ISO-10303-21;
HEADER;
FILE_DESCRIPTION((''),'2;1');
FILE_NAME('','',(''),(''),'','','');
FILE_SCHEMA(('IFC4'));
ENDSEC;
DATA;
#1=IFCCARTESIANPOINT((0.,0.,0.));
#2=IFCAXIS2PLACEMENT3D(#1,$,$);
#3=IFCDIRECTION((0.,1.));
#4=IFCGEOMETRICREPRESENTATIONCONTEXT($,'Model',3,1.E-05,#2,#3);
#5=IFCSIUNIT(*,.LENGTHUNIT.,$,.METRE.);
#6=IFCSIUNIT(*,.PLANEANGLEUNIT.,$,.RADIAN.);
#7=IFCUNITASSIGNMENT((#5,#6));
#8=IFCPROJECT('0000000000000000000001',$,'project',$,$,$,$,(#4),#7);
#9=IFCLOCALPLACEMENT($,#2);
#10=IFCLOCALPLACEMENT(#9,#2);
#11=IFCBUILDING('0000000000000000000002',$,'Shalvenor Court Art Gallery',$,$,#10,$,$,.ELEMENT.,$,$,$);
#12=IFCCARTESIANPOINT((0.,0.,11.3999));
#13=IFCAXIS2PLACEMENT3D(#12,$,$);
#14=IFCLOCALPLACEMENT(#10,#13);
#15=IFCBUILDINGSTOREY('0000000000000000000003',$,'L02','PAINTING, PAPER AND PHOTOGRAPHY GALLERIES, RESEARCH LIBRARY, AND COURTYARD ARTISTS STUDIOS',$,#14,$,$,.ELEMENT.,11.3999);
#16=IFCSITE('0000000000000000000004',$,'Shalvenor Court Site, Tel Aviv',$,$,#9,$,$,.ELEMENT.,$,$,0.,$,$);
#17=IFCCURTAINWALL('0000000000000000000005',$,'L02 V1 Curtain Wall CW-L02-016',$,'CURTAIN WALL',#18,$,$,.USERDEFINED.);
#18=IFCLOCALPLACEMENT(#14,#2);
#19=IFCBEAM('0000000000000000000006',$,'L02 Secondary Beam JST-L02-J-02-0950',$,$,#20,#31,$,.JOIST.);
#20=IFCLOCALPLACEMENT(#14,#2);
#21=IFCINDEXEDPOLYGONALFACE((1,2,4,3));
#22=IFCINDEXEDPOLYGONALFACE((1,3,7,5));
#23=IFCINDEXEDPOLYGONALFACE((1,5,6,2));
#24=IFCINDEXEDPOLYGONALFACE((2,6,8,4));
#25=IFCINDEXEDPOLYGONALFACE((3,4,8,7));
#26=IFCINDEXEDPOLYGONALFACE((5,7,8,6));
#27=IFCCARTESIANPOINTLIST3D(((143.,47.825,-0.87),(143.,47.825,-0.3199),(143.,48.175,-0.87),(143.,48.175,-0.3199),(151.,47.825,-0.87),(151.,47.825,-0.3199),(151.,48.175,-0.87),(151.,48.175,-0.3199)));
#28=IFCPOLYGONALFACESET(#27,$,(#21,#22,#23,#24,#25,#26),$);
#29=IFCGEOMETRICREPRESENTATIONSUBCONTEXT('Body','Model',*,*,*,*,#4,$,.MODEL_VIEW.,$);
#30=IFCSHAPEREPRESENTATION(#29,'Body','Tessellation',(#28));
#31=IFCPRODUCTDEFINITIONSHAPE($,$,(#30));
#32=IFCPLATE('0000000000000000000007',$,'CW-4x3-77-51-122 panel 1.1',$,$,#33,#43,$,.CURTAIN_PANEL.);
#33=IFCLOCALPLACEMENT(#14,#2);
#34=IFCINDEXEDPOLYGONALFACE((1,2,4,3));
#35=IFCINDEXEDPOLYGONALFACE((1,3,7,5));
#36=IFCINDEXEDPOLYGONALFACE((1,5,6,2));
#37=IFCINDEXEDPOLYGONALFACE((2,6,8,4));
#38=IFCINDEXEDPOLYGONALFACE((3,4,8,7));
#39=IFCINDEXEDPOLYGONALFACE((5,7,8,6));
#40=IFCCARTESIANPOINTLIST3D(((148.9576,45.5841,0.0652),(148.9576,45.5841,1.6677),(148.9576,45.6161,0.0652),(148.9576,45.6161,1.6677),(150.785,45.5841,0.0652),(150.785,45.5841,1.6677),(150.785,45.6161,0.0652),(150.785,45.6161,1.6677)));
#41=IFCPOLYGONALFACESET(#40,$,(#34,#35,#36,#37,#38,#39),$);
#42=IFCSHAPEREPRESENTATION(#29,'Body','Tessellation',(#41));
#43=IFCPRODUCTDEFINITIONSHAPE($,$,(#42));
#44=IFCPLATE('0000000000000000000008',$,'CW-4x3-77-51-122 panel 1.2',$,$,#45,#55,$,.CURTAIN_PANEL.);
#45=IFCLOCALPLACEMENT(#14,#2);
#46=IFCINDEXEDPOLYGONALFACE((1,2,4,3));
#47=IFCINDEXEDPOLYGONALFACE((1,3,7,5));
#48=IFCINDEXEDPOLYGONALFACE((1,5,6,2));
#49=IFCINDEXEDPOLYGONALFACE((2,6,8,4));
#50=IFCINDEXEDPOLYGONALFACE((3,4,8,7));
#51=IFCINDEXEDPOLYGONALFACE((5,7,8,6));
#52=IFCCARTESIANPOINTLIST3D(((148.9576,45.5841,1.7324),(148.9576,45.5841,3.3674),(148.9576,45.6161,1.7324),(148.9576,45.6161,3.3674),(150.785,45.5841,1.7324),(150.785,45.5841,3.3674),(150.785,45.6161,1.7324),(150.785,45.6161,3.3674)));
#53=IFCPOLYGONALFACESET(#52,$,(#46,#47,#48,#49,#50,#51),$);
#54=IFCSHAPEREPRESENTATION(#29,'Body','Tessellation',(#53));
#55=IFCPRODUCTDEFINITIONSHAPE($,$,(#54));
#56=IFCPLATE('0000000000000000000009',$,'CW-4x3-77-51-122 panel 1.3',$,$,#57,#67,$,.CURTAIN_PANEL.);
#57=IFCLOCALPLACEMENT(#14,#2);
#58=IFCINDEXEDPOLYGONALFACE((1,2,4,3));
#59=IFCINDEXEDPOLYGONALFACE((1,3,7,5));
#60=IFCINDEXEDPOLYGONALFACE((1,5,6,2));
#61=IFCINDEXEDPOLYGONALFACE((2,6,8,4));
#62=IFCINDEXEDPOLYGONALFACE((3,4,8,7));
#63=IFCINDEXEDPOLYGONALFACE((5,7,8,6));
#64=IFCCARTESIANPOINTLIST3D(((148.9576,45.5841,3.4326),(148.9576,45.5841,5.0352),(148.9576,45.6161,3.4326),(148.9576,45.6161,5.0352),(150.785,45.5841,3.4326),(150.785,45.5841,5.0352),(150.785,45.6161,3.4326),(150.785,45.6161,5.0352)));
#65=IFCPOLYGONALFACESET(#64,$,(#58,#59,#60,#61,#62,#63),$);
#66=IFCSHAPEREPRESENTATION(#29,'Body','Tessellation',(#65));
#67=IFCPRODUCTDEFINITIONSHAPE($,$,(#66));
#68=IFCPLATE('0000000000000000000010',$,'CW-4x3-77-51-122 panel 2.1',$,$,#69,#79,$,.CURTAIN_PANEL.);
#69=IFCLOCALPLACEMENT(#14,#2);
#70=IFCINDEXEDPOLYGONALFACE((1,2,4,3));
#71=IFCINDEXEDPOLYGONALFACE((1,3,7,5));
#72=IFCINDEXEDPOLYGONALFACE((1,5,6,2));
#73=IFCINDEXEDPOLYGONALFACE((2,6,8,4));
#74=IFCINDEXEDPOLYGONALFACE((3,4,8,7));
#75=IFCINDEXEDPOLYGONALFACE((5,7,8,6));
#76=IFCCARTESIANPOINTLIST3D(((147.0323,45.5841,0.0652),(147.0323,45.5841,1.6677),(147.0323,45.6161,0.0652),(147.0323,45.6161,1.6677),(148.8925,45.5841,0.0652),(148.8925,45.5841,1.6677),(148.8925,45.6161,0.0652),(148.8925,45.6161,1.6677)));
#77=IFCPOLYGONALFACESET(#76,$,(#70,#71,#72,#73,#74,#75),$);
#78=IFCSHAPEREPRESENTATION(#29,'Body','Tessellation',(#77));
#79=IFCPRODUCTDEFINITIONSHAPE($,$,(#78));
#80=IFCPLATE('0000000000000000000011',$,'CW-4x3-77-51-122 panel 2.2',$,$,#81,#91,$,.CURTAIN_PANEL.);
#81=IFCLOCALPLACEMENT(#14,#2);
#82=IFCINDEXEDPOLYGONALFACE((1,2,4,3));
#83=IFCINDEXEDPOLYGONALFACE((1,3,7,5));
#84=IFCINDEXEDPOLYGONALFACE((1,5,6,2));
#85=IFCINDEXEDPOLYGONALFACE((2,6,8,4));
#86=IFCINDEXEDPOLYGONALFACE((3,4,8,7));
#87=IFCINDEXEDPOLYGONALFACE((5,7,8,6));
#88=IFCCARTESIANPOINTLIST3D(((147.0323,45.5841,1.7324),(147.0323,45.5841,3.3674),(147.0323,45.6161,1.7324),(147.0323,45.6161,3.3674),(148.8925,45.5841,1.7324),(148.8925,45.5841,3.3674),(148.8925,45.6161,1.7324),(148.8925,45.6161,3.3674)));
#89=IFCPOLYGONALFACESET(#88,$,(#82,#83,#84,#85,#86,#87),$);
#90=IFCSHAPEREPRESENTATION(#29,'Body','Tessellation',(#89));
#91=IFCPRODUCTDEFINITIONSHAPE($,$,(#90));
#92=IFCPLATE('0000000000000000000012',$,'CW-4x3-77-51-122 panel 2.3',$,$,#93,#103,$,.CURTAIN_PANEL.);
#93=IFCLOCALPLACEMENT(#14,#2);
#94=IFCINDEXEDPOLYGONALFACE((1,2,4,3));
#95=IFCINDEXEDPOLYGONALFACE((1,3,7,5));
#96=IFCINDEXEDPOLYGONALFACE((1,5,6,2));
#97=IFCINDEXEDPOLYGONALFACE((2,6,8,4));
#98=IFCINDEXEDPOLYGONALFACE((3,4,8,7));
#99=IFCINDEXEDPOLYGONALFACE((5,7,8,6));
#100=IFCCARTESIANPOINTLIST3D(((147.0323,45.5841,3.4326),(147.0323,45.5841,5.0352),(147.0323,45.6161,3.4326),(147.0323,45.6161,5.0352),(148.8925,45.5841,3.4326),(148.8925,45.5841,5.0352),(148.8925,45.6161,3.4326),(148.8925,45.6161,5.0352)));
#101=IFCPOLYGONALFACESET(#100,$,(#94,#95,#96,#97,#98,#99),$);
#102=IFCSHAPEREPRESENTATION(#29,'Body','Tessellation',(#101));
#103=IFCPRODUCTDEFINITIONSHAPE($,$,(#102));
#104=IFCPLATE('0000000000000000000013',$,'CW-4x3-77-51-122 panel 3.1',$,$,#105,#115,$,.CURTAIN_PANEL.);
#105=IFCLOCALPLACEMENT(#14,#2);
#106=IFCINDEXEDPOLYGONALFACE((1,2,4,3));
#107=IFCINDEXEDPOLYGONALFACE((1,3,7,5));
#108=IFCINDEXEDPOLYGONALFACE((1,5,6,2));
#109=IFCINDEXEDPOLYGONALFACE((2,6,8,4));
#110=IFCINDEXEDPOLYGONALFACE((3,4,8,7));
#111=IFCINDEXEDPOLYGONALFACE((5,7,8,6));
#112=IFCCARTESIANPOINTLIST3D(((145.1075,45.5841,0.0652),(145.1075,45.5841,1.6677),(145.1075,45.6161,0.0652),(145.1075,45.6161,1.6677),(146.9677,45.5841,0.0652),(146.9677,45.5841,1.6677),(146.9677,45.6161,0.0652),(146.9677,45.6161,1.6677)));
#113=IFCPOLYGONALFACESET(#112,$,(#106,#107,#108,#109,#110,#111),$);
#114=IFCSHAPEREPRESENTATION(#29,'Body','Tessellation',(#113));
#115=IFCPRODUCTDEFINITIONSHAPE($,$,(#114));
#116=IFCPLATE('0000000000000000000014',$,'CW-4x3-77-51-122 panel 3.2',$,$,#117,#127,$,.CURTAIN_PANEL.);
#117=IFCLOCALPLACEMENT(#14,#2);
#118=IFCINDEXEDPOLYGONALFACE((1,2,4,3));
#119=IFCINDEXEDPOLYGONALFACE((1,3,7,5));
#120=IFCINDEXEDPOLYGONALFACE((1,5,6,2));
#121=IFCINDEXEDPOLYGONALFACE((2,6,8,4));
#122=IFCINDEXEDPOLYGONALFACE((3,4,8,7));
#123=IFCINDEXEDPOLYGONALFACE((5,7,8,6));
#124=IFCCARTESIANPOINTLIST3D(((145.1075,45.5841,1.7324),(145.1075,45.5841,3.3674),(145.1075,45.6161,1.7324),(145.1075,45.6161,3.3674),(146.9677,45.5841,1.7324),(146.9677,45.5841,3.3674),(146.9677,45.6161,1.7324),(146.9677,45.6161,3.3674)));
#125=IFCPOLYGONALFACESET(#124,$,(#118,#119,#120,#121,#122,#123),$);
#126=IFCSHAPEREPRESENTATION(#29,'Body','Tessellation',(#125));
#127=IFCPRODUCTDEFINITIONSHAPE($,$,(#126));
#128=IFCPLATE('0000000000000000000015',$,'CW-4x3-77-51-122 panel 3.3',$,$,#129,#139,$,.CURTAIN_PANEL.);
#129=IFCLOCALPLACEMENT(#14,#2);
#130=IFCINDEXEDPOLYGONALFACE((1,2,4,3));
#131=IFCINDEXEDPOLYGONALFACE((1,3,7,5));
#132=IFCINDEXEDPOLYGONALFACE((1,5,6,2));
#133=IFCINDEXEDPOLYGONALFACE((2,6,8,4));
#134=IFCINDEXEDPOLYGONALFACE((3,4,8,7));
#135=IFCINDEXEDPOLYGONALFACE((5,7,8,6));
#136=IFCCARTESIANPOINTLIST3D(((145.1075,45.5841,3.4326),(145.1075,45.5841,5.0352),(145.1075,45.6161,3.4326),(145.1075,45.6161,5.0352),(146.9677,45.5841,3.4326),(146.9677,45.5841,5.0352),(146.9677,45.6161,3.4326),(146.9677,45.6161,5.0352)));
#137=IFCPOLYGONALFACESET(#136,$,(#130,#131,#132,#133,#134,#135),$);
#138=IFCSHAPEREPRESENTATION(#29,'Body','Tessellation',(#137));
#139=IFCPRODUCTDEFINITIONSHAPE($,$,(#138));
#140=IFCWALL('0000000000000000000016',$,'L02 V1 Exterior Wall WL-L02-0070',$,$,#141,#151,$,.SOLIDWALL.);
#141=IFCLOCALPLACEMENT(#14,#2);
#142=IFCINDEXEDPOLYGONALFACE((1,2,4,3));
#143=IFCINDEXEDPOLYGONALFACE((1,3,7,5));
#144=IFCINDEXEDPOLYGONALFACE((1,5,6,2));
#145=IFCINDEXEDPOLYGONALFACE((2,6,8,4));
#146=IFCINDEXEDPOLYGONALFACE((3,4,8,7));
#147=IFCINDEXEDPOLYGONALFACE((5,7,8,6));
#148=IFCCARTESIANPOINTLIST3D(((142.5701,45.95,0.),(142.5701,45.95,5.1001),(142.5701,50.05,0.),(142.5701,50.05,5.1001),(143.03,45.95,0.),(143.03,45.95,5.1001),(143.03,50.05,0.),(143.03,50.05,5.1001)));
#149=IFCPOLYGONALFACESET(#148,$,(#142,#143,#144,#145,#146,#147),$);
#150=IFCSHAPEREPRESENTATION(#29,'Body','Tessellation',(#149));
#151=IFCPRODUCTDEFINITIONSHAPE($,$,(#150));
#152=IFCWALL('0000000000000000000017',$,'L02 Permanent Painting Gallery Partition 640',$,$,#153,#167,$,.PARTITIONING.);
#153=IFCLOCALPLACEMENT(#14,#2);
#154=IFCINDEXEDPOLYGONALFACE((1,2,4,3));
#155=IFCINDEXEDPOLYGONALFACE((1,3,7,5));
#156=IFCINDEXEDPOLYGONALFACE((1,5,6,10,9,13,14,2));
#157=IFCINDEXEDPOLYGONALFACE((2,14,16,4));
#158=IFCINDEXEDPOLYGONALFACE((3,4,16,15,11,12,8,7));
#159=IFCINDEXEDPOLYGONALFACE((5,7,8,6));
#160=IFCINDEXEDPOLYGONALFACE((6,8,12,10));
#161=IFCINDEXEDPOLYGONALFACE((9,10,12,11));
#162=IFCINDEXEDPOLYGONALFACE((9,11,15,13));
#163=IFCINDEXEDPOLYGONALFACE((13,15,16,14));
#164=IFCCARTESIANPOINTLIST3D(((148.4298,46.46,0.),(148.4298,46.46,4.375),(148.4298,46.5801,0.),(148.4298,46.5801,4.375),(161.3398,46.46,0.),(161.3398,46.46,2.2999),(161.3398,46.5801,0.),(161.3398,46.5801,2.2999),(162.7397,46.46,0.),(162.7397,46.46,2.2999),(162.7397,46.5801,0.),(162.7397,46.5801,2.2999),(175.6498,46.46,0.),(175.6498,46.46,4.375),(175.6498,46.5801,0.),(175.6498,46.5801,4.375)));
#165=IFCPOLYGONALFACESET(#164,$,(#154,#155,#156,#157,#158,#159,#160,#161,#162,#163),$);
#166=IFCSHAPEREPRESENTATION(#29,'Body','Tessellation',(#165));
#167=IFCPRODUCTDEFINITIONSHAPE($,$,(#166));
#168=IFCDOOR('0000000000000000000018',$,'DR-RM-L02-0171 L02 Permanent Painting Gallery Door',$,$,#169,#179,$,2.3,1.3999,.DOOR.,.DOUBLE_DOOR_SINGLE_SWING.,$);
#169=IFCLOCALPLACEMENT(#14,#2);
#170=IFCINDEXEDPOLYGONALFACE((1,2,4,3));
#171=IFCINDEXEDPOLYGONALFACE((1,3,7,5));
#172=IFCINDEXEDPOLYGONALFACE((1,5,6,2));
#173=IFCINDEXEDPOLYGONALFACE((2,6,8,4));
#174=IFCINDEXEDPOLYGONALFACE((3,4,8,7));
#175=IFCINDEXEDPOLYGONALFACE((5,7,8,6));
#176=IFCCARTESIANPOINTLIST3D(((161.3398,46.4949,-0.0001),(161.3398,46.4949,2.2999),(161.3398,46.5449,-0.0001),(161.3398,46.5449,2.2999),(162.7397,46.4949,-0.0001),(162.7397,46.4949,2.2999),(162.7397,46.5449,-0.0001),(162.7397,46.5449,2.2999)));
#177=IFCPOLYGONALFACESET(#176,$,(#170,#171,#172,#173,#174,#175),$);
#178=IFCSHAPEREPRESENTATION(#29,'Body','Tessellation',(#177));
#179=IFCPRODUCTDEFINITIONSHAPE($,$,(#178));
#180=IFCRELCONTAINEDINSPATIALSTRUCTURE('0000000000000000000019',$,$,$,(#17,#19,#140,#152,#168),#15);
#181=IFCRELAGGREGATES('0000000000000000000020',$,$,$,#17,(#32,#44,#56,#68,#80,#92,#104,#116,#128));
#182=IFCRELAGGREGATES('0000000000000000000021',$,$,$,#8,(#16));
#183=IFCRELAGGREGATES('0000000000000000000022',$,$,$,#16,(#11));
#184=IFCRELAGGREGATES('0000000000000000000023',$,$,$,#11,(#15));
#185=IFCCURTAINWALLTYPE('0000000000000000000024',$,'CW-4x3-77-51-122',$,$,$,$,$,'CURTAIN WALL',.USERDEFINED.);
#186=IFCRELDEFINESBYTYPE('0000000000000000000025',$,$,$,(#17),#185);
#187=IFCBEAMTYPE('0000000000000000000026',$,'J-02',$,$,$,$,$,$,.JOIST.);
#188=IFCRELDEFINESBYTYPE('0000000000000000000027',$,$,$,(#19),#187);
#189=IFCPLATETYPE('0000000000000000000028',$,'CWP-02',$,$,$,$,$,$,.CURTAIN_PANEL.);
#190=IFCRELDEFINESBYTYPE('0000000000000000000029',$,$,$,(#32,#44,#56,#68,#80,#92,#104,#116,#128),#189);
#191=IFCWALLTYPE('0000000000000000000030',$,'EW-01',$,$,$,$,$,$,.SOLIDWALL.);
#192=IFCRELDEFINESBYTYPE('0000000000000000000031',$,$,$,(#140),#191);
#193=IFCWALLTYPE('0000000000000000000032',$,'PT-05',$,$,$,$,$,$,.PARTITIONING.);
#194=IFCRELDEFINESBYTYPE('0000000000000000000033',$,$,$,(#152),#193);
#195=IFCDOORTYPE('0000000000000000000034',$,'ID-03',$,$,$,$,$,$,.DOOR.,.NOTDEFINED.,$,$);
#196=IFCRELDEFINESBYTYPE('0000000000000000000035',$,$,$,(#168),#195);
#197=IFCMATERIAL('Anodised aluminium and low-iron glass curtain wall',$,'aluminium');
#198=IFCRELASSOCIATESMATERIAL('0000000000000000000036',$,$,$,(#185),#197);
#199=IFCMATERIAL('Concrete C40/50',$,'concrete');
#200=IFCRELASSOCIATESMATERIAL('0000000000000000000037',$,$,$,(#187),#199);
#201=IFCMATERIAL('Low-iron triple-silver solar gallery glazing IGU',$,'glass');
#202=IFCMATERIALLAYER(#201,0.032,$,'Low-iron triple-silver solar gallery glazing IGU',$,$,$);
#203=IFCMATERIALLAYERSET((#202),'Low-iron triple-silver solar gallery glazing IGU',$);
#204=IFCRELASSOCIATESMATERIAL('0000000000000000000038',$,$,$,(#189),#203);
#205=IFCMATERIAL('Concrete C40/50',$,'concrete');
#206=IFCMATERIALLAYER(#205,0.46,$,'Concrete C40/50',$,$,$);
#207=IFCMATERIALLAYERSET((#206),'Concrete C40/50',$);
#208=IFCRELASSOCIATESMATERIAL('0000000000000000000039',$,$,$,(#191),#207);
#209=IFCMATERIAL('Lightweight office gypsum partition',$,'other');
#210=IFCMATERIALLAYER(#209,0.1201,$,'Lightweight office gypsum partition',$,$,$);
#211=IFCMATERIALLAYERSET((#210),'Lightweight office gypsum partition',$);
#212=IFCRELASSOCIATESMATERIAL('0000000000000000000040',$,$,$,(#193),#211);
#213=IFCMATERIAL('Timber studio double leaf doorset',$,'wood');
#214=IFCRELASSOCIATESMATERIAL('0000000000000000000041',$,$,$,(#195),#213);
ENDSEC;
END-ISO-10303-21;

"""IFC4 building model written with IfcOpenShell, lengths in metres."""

from ifc_helpers import new_model, si_unit, direction, frame, frame_2d, origin, origin_2d, place, context, subcontext, project, spatial, rectangle, extrude, material, layer, layer_set, material_profile, profile_set, type_object, element, fill, aggregate, save


model = new_model("IFC4")

# Units and contexts
model_context = context("Model", 3, precision=1e-05, world=origin(), true_north=direction((0.0, 1.0)))
body_context = subcontext(model_context, "Body", "Model", "MODEL_VIEW")
ifc_project = project(units=[si_unit("LENGTHUNIT", "METRE"), si_unit("PLANEANGLEUNIT", "RADIAN")], contexts=[model_context])

# Site, building, storey
site_placement = place(None, origin())
site = spatial("IfcSite", under=ifc_project, at=site_placement, Name="Shalvenor Court Site, Tel Aviv", CompositionType="ELEMENT", RefElevation=0.0)
building_placement = place(site_placement, origin())
building = spatial("IfcBuilding", under=site, at=building_placement, Name="Shalvenor Court Art Gallery", CompositionType="ELEMENT")
storey_placement = place(building_placement, frame((0.0, 0.0, 11.3999)))
storey = spatial("IfcBuildingStorey", under=building, at=storey_placement, Name="L02", Description="PAINTING, PAPER AND PHOTOGRAPHY GALLERIES, RESEARCH LIBRARY, AND COURTYARD ARTISTS STUDIOS", CompositionType="ELEMENT", Elevation=11.3999)

# Curtain wall
ifc_material_1 = material(Name="Anodised aluminium and low-iron glass curtain wall", Category="aluminium")
curtain_wall_type = type_object("IfcCurtainWallType", Name="CW-4x3-77-51-122", ElementType="CURTAIN WALL", PredefinedType="USERDEFINED", material=ifc_material_1)
curtain_wall_placement = place(storey_placement, origin())
curtain_wall = element("IfcCurtainWall", 1, at=curtain_wall_placement, inside=storey, type_object=curtain_wall_type, Name="L02 V1 Curtain Wall CW-L02-016", ObjectType="CURTAIN WALL", PredefinedType="USERDEFINED")

# Beam
ifc_material_2 = material(Name="Concrete C40/50", Category="concrete")
ifc_material_profile_1 = material_profile(ifc_material_2, rectangle(XDim=0.3501, YDim=0.55, at=origin_2d()), Name="RC 350x550")
ifc_profile_set_1 = profile_set([ifc_material_profile_1], Name="Concrete C40/50")
beam_type_1 = type_object("IfcBeamType", Name="J-02", PredefinedType="JOIST", material=ifc_profile_set_1)
beam_1_placement = place(storey_placement, frame((143.0, 48.0, -0.595), z_axis=(1.0, 0.0, 0.0), x_axis=(0.0, 1.0, 0.0)))
element("IfcBeam", 2, at=beam_1_placement, inside=storey, type_object=beam_type_1, Name="L02 Secondary Beam JST-L02-J-02-0950", PredefinedType="JOIST", context=body_context, shape_type="SweptSolid", body=[
    extrude(rectangle(XDim=0.3501, YDim=0.55, at=origin_2d()), origin(), (0.0, 0.0, 1.0), 8.0),
])

# Plates
ifc_material_3 = material(Name="Low-iron triple-silver solar gallery glazing IGU", Category="glass")
ifc_layer_1 = layer(ifc_material_3, 0.032, Name="Low-iron triple-silver solar gallery glazing IGU")
ifc_layer_set_1 = layer_set([ifc_layer_1], Name="Low-iron triple-silver solar gallery glazing IGU")
plate_type = type_object("IfcPlateType", Name="CWP-02", PredefinedType="CURTAIN_PANEL", material=ifc_layer_set_1)
plate_1_placement = place(storey_placement, frame((149.8713, 45.6001, 0.0652), z_axis=(0.0, 0.0, 1.0), x_axis=(-1.0, 0.0, 0.0)))
plate_1 = element("IfcPlate", 3, at=plate_1_placement, type_object=plate_type, Name="CW-4x3-77-51-122 panel 1.1", PredefinedType="CURTAIN_PANEL", context=body_context, shape_type="SweptSolid", body=[
    extrude(rectangle(XDim=1.8274, YDim=0.032, at=origin_2d()), origin(), (0.0, 0.0, 1.0), 1.6025),
])
plate_2_placement = place(storey_placement, frame((149.8713, 45.6001, 1.7324), z_axis=(0.0, 0.0, 1.0), x_axis=(-1.0, 0.0, 0.0)))
plate_2 = element("IfcPlate", 4, at=plate_2_placement, type_object=plate_type, Name="CW-4x3-77-51-122 panel 1.2", PredefinedType="CURTAIN_PANEL", context=body_context, shape_type="SweptSolid", body=[
    extrude(rectangle(XDim=1.8274, YDim=0.032, at=origin_2d()), origin(), (0.0, 0.0, 1.0), 1.635),
])
plate_3_placement = place(storey_placement, frame((149.8713, 45.6001, 3.4326), z_axis=(0.0, 0.0, 1.0), x_axis=(-1.0, 0.0, 0.0)))
plate_3 = element("IfcPlate", 5, at=plate_3_placement, type_object=plate_type, Name="CW-4x3-77-51-122 panel 1.3", PredefinedType="CURTAIN_PANEL", context=body_context, shape_type="SweptSolid", body=[
    extrude(rectangle(XDim=1.8274, YDim=0.032, at=origin_2d()), origin(), (0.0, 0.0, 1.0), 1.6025),
])
plate_4_placement = place(storey_placement, frame((147.9624, 45.6001, 0.0652), z_axis=(0.0, 0.0, 1.0), x_axis=(-1.0, 0.0, 0.0)))
plate_4 = element("IfcPlate", 6, at=plate_4_placement, type_object=plate_type, Name="CW-4x3-77-51-122 panel 2.1", PredefinedType="CURTAIN_PANEL", context=body_context, shape_type="SweptSolid", body=[
    extrude(rectangle(XDim=1.8601, YDim=0.032, at=origin_2d()), origin(), (0.0, 0.0, 1.0), 1.6025),
])
plate_5_placement = place(storey_placement, frame((147.9624, 45.6001, 1.7324), z_axis=(0.0, 0.0, 1.0), x_axis=(-1.0, 0.0, 0.0)))
plate_5 = element("IfcPlate", 7, at=plate_5_placement, type_object=plate_type, Name="CW-4x3-77-51-122 panel 2.2", PredefinedType="CURTAIN_PANEL", context=body_context, shape_type="SweptSolid", body=[
    extrude(rectangle(XDim=1.8601, YDim=0.032, at=origin_2d()), origin(), (0.0, 0.0, 1.0), 1.635),
])
plate_6_placement = place(storey_placement, frame((147.9624, 45.6001, 3.4326), z_axis=(0.0, 0.0, 1.0), x_axis=(-1.0, 0.0, 0.0)))
plate_6 = element("IfcPlate", 8, at=plate_6_placement, type_object=plate_type, Name="CW-4x3-77-51-122 panel 2.3", PredefinedType="CURTAIN_PANEL", context=body_context, shape_type="SweptSolid", body=[
    extrude(rectangle(XDim=1.8601, YDim=0.032, at=origin_2d()), origin(), (0.0, 0.0, 1.0), 1.6025),
])
plate_7_placement = place(storey_placement, frame((146.0376, 45.6001, 0.0652), z_axis=(0.0, 0.0, 1.0), x_axis=(-1.0, 0.0, 0.0)))
plate_7 = element("IfcPlate", 9, at=plate_7_placement, type_object=plate_type, Name="CW-4x3-77-51-122 panel 3.1", PredefinedType="CURTAIN_PANEL", context=body_context, shape_type="SweptSolid", body=[
    extrude(rectangle(XDim=1.8601, YDim=0.032, at=origin_2d()), origin(), (0.0, 0.0, 1.0), 1.6025),
])
plate_8_placement = place(storey_placement, frame((146.0376, 45.6001, 1.7324), z_axis=(0.0, 0.0, 1.0), x_axis=(-1.0, 0.0, 0.0)))
plate_8 = element("IfcPlate", 10, at=plate_8_placement, type_object=plate_type, Name="CW-4x3-77-51-122 panel 3.2", PredefinedType="CURTAIN_PANEL", context=body_context, shape_type="SweptSolid", body=[
    extrude(rectangle(XDim=1.8601, YDim=0.032, at=origin_2d()), origin(), (0.0, 0.0, 1.0), 1.635),
])
plate_9_placement = place(storey_placement, frame((146.0376, 45.6001, 3.4326), z_axis=(0.0, 0.0, 1.0), x_axis=(-1.0, 0.0, 0.0)))
plate_9 = element("IfcPlate", 11, at=plate_9_placement, type_object=plate_type, Name="CW-4x3-77-51-122 panel 3.3", PredefinedType="CURTAIN_PANEL", context=body_context, shape_type="SweptSolid", body=[
    extrude(rectangle(XDim=1.8601, YDim=0.032, at=origin_2d()), origin(), (0.0, 0.0, 1.0), 1.6025),
])
aggregate(curtain_wall, [plate_1, plate_2, plate_3, plate_4, plate_5, plate_6, plate_7, plate_8, plate_9])

# Wall
ifc_material_4 = material(Name="Concrete C40/50", Category="concrete")
ifc_layer_2 = layer(ifc_material_4, 0.46, Name="Concrete C40/50")
ifc_layer_set_2 = layer_set([ifc_layer_2], Name="Concrete C40/50")
wall_type_1 = type_object("IfcWallType", Name="EW-01", PredefinedType="SOLIDWALL", material=ifc_layer_set_2)
wall_1_placement = place(storey_placement, frame((142.8, 45.95, 0.0), z_axis=(0.0, 0.0, 1.0), x_axis=(0.0, 1.0, 0.0)))
element("IfcWall", 12, at=wall_1_placement, inside=storey, type_object=wall_type_1, Name="L02 V1 Exterior Wall WL-L02-0070", PredefinedType="SOLIDWALL", context=body_context, shape_type="SweptSolid", body=[
    extrude(rectangle(XDim=4.1001, YDim=0.46, at=frame_2d((2.05, 0.0))), origin(), (0.0, 0.0, 1.0), 5.1001),
])

# Wall, opening, door
ifc_material_5 = material(Name="Lightweight office gypsum partition", Category="other")
ifc_layer_3 = layer(ifc_material_5, 0.1201, Name="Lightweight office gypsum partition")
ifc_layer_set_3 = layer_set([ifc_layer_3], Name="Lightweight office gypsum partition")
wall_type_2 = type_object("IfcWallType", Name="PT-05", PredefinedType="PARTITIONING", material=ifc_layer_set_3)
wall_2_placement = place(storey_placement, frame((148.4299, 46.52, 0.0), z_axis=(0.0, 0.0, 1.0), x_axis=(1.0, 0.0, 0.0)))
wall_2 = element("IfcWall", 13, at=wall_2_placement, inside=storey, type_object=wall_type_2, Name="L02 Permanent Painting Gallery Partition 640", PredefinedType="PARTITIONING", context=body_context, shape_type="SweptSolid", body=[
    extrude(rectangle(XDim=27.22, YDim=0.1201, at=frame_2d((13.6099, 0.0))), origin(), (0.0, 0.0, 1.0), 4.375),
])
opening_placement = place(wall_2_placement, frame((12.9099, 0.0, 0.0)))
opening = element("IfcOpeningElement", 14, at=opening_placement, cuts=wall_2, PredefinedType="OPENING", context=body_context, shape_type="SweptSolid", body=[
    extrude(rectangle(XDim=1.3999, YDim=2.3, at=frame_2d((0.7, 1.1499))), frame((0.0, 0.0701, 0.0), z_axis=(0.0, -1.0, 0.0), x_axis=(1.0, 0.0, 0.0)), (0.0, 0.0, 1.0), 0.1401),
])
ifc_material_6 = material(Name="Timber studio double leaf doorset", Category="wood")
door_type = type_object("IfcDoorType", Name="ID-03", OperationType="NOTDEFINED", PredefinedType="DOOR", material=ifc_material_6)
door_placement = place(opening_placement, origin())
door = element("IfcDoor", 15, at=door_placement, inside=storey, type_object=door_type, Name="DR-RM-L02-0171 L02 Permanent Painting Gallery Door", OperationType="DOUBLE_DOOR_SINGLE_SWING", OverallHeight=2.3, OverallWidth=1.3999, PredefinedType="DOOR", context=body_context, shape_type="SweptSolid", body=[
    extrude(rectangle(XDim=1.3999, YDim=2.3, at=frame_2d((0.7, 1.1499))), frame((0.0, 0.0249, 0.0), z_axis=(0.0, -1.0, 0.0), x_axis=(1.0, 0.0, 0.0)), (0.0, 0.0, 1.0), 0.05),
])
fill(opening, door)

save(model, "model.ifc")
